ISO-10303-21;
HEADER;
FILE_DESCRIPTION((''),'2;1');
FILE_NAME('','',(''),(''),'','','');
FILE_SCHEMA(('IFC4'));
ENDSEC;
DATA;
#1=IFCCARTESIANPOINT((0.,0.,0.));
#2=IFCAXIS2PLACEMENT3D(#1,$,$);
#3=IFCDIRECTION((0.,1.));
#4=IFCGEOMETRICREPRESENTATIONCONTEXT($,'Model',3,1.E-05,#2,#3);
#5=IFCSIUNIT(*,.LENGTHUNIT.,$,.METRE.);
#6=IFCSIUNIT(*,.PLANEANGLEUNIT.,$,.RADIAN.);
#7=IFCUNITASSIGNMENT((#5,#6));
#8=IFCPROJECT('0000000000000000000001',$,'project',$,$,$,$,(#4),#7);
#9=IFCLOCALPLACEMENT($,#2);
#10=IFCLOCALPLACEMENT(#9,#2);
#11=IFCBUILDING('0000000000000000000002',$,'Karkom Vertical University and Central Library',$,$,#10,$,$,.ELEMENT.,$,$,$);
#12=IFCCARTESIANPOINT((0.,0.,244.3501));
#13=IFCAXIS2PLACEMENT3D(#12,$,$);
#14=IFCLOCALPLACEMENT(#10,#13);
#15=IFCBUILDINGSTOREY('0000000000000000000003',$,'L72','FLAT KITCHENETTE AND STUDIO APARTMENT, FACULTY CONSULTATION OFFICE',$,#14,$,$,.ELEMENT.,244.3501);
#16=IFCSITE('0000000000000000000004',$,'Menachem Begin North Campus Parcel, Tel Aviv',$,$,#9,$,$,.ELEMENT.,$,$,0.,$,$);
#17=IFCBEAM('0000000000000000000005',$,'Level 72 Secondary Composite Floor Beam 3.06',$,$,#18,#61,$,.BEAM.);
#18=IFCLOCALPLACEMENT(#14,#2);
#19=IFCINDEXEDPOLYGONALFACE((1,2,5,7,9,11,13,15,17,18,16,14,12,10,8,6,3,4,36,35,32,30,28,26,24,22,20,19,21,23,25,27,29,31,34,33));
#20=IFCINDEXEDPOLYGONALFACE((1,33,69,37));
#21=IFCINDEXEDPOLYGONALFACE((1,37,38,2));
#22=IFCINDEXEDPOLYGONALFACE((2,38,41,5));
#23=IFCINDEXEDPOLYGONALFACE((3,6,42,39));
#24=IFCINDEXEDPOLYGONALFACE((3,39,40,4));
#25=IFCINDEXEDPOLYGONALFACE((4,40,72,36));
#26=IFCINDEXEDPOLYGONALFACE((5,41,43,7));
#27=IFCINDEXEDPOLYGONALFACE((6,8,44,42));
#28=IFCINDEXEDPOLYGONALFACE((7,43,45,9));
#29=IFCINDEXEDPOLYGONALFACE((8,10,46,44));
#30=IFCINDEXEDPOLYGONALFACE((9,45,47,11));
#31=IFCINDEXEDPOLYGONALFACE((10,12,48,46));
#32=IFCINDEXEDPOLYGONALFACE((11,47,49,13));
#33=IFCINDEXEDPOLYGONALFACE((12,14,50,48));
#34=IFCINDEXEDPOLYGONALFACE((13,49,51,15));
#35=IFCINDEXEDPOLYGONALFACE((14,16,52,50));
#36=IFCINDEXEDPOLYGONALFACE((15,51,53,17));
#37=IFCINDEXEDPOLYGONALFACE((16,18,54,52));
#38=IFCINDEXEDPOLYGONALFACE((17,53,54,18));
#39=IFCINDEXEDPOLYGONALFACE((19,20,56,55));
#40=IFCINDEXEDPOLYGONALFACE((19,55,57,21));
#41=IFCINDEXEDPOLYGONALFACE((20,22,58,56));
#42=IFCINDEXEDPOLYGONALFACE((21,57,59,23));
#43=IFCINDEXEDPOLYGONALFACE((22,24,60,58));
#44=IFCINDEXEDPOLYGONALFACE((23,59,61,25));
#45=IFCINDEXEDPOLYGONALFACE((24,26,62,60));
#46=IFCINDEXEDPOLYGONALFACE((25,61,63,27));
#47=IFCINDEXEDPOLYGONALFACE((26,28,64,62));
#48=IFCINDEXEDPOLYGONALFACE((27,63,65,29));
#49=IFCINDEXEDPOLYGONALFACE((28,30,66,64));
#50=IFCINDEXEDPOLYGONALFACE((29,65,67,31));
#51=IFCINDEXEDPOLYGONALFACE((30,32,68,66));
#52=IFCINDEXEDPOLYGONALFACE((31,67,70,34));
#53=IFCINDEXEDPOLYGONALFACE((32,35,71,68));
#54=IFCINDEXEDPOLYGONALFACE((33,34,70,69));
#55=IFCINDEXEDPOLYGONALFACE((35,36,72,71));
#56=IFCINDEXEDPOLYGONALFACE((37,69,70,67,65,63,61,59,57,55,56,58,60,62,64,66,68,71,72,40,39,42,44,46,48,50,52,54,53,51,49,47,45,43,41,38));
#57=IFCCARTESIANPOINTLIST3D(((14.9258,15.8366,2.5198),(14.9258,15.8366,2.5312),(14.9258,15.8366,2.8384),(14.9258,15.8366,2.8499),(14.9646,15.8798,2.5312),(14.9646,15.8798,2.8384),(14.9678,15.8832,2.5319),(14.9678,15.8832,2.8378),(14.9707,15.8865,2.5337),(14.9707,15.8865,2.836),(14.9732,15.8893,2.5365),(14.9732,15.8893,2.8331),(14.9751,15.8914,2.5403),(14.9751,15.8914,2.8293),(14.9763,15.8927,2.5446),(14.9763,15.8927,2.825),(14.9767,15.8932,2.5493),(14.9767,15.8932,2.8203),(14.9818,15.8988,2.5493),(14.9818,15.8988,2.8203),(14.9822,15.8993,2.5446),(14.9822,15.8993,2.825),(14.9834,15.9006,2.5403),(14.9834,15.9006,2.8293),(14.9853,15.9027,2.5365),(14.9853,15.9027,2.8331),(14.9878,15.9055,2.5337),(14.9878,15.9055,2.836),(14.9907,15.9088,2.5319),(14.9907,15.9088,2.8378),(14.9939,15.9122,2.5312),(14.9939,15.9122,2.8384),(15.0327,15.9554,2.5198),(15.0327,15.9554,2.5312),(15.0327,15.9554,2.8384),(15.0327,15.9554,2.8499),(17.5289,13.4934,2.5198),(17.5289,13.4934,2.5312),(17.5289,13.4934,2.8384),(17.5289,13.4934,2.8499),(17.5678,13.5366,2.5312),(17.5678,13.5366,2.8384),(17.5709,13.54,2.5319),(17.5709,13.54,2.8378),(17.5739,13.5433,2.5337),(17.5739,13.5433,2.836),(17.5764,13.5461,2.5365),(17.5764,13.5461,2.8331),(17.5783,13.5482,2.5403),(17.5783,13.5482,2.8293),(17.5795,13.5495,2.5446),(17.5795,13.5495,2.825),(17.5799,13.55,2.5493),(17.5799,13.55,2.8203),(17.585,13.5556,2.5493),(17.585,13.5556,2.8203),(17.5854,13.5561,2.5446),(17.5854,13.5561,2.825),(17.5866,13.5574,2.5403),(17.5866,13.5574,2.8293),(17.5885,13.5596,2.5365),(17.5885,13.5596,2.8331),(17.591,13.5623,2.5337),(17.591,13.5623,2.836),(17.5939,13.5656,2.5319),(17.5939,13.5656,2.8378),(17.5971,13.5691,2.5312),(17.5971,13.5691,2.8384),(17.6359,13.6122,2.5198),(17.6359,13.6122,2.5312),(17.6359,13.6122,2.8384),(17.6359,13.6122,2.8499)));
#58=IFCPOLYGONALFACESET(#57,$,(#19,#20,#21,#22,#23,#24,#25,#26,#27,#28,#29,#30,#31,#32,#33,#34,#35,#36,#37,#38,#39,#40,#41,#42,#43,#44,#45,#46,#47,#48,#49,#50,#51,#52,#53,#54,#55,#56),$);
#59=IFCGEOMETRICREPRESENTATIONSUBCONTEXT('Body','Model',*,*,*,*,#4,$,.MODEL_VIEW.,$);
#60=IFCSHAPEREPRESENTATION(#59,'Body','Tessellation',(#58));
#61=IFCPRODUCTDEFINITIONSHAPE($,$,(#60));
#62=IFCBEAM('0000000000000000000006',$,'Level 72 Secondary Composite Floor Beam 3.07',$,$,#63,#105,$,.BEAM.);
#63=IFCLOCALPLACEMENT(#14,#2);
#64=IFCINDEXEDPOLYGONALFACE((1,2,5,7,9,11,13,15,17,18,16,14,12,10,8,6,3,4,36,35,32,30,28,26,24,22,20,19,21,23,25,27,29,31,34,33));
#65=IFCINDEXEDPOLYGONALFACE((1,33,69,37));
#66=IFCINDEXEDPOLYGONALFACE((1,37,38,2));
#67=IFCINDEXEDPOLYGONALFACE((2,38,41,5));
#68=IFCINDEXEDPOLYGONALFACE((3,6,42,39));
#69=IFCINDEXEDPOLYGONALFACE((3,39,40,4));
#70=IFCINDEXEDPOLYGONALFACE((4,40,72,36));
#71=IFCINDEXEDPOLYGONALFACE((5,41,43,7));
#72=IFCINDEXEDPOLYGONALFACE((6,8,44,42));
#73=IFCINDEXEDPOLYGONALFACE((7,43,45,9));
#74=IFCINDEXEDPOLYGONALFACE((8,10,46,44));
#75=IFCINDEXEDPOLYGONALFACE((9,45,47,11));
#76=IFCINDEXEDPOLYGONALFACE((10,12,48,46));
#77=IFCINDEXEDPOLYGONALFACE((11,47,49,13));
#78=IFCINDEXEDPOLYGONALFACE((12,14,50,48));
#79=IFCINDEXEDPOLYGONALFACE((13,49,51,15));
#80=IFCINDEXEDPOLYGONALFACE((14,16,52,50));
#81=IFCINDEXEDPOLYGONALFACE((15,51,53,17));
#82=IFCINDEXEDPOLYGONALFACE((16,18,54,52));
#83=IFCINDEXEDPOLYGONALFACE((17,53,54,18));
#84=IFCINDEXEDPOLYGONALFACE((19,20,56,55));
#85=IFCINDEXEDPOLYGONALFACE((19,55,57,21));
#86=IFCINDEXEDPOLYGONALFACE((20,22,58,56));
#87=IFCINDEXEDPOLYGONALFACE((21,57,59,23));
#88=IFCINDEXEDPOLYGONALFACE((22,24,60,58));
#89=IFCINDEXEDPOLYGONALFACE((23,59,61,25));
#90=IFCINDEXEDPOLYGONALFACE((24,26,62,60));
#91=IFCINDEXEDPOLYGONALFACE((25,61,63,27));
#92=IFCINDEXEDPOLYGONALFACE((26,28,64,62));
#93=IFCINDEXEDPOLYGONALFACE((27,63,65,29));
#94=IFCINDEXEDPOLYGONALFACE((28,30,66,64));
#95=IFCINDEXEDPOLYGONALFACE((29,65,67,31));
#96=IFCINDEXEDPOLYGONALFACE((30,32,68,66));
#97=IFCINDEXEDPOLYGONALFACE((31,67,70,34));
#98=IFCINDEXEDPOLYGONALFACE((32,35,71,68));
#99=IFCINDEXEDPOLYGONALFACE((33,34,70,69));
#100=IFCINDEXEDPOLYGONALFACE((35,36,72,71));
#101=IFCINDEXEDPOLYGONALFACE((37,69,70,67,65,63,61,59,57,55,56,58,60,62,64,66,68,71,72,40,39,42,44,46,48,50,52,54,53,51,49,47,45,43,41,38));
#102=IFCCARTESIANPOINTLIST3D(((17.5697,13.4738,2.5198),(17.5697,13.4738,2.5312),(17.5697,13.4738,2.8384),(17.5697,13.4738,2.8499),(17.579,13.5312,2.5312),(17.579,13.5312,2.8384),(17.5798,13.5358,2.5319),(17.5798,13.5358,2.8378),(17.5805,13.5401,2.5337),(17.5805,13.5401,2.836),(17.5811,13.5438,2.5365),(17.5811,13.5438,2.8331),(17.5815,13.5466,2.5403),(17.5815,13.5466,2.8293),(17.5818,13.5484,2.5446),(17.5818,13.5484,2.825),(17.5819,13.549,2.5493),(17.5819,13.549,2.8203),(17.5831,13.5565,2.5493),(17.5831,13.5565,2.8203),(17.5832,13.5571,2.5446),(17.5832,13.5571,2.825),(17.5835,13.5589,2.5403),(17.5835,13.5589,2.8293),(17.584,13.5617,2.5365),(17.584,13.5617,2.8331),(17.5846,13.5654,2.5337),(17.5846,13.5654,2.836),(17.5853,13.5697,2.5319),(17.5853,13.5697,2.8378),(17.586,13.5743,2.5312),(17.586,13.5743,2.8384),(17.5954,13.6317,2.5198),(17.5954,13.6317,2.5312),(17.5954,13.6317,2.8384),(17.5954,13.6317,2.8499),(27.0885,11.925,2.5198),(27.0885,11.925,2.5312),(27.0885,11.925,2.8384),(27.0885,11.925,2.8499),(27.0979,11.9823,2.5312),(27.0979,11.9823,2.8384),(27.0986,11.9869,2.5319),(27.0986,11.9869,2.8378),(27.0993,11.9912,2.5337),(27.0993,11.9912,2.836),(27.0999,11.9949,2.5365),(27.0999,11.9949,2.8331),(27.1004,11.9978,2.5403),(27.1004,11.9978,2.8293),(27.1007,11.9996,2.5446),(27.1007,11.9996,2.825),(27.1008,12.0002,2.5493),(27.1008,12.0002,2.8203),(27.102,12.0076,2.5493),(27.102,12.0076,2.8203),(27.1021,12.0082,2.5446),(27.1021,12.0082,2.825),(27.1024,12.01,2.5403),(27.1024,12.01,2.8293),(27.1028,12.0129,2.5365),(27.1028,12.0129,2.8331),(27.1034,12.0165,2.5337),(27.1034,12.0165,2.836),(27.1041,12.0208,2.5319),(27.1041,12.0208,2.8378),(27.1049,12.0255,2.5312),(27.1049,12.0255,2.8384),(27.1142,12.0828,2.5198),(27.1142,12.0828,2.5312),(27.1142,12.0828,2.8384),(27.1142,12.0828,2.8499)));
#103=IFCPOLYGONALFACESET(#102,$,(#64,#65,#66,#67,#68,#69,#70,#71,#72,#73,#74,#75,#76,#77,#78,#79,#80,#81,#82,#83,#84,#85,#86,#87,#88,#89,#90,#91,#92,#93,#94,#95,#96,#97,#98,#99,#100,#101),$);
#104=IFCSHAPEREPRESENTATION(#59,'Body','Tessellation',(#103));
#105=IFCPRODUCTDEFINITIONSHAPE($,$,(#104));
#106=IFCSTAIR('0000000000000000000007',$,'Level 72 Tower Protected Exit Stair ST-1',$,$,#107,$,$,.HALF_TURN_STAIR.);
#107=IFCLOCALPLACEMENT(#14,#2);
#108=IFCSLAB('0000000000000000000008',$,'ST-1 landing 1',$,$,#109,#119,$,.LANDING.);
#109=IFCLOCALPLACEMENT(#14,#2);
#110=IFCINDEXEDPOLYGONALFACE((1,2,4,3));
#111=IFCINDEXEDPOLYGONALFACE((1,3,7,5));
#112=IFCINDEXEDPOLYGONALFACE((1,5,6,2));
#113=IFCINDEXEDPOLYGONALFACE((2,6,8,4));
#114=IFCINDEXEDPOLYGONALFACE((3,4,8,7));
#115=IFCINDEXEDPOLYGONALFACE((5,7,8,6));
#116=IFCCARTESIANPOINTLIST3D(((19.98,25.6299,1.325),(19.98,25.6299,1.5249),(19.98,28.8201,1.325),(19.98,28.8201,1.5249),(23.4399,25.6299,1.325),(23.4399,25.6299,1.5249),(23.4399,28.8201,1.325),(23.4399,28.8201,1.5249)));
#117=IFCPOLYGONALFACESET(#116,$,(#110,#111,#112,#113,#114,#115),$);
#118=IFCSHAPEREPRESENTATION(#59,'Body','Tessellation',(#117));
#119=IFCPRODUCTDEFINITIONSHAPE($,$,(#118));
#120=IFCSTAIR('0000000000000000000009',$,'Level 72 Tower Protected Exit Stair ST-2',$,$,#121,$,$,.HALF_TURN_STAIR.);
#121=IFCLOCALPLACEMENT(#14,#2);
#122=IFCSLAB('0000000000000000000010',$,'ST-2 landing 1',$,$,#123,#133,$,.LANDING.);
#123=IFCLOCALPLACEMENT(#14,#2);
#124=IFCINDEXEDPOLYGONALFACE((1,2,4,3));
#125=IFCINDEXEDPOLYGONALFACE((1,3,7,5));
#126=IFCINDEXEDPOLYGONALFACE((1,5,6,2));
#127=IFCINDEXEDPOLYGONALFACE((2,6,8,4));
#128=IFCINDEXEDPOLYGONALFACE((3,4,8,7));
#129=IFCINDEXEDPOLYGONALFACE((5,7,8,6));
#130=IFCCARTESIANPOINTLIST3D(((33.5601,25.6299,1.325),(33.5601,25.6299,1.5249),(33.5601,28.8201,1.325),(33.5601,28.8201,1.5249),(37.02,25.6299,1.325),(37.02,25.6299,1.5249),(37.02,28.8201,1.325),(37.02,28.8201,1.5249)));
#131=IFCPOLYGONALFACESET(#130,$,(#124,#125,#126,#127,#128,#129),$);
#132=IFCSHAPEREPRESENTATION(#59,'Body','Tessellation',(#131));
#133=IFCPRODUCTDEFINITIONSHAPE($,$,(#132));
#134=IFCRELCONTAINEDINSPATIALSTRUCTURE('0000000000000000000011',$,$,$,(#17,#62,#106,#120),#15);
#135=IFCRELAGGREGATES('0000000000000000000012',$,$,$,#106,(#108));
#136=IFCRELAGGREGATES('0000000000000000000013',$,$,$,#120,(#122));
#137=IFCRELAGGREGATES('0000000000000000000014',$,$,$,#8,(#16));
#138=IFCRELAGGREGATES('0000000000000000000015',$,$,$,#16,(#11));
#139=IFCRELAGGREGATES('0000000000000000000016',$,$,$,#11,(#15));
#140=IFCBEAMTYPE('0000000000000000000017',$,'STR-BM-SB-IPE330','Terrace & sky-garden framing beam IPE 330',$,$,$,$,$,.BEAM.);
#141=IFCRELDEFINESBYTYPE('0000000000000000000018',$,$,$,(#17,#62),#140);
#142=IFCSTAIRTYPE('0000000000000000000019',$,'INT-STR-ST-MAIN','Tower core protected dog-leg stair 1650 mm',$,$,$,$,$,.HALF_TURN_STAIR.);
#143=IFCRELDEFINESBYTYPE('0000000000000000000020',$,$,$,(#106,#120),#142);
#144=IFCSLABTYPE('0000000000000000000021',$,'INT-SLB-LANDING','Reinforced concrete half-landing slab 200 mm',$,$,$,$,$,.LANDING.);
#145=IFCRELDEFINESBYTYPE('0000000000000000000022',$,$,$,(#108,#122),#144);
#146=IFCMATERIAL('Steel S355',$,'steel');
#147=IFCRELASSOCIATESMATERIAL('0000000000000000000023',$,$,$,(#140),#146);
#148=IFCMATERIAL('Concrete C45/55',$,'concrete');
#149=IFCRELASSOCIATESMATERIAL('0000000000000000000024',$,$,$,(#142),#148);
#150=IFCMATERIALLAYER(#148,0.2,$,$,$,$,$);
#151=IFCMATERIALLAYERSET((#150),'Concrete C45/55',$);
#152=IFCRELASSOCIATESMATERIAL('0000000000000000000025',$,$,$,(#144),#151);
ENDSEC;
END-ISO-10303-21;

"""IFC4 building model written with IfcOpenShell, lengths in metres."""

from ifc_helpers import new_model, si_unit, direction, frame, origin, origin_with_axes, origin_2d, place, context, subcontext, project, spatial, polyline, i_section, outline, extrude, source, transform, mapped, material, layer, layer_set, material_profile, profile_set, type_object, element, aggregate, save


model = new_model("IFC4")

# Units and contexts
model_context = context("Model", 3, precision=1e-05, world=origin(), true_north=direction((0.0, 1.0)))
body_context = subcontext(model_context, "Body", "Model", "MODEL_VIEW")
ifc_project = project(units=[si_unit("LENGTHUNIT", "METRE"), si_unit("PLANEANGLEUNIT", "RADIAN")], contexts=[model_context])

# Site, building, storey
site_placement = place(None, origin())
site = spatial("IfcSite", under=ifc_project, at=site_placement, Name="Menachem Begin North Campus Parcel, Tel Aviv", CompositionType="ELEMENT", RefElevation=0.0)
building_placement = place(site_placement, origin())
building = spatial("IfcBuilding", under=site, at=building_placement, Name="Karkom Vertical University and Central Library", CompositionType="ELEMENT")
storey_placement = place(building_placement, frame((0.0, 0.0, 244.3501)))
storey = spatial("IfcBuildingStorey", under=building, at=storey_placement, Name="L72", Description="FLAT KITCHENETTE AND STUDIO APARTMENT, FACULTY CONSULTATION OFFICE", CompositionType="ELEMENT", Elevation=244.3501)

# Shared definitions
ifc_material_1 = material(Name="Concrete C45/55", Category="concrete")

# Beams
ifc_material_2 = material(Name="Steel S355", Category="steel")
ifc_material_profile_1 = material_profile(ifc_material_2, i_section(OverallWidth=0.1599, OverallDepth=0.3301, WebThickness=0.0076, FlangeThickness=0.0115, FilletRadius=0.0181, at=origin_2d()), Name="IPE 330")
ifc_profile_set_1 = profile_set([ifc_material_profile_1], Name="Steel S355")
beam_type_1 = type_object("IfcBeamType", Name="STR-BM-SB-IPE330", Description="Terrace & sky-garden framing beam IPE 330", PredefinedType="BEAM", material=ifc_profile_set_1)
shared_shape_1 = source(origin_with_axes(), body_context, "Body", "SweptSolid", [
    extrude(i_section(OverallWidth=0.1599, OverallDepth=0.3301, WebThickness=0.0076, FlangeThickness=0.0115, FilletRadius=0.0181, at=origin_2d()), origin(), (0.0, 0.0, 1.0), 3.5024),
])
beam_1_placement = place(storey_placement, frame((14.9792, 15.896, 2.6848), z_axis=(0.743249, -0.669015, 0.0), x_axis=(0.669015, 0.743249, 0.0)))
element("IfcBeam", 1, at=beam_1_placement, inside=storey, type_object=beam_type_1, Name="Level 72 Secondary Composite Floor Beam 3.06", PredefinedType="BEAM", context=body_context, shape_type="MappedRepresentation", body=[
    mapped(shared_shape_1, transform((0.0, 0.0, 0.0), scale=1.0)),
])
shared_shape_2 = source(origin_with_axes(), body_context, "Body", "SweptSolid", [
    extrude(i_section(OverallWidth=0.1599, OverallDepth=0.3301, WebThickness=0.0076, FlangeThickness=0.0115, FilletRadius=0.0181, at=origin_2d()), origin(), (0.0, 0.0, 1.0), 9.644),
])
beam_2_placement = place(storey_placement, frame((17.5825, 13.5527, 2.6848), z_axis=(0.987019, -0.1606, 0.0), x_axis=(0.1606, 0.987019, 0.0)))
element("IfcBeam", 2, at=beam_2_placement, inside=storey, type_object=beam_type_1, Name="Level 72 Secondary Composite Floor Beam 3.07", PredefinedType="BEAM", context=body_context, shape_type="MappedRepresentation", body=[
    mapped(shared_shape_2, transform((0.0, 0.0, 0.0), scale=1.0)),
])

# Stairs, slabs
stair_type = type_object("IfcStairType", Name="INT-STR-ST-MAIN", Description="Tower core protected dog-leg stair 1650 mm", PredefinedType="HALF_TURN_STAIR", material=ifc_material_1)
stair_1_placement = place(storey_placement, origin())
stair_1 = element("IfcStair", 3, at=stair_1_placement, inside=storey, type_object=stair_type, Name="Level 72 Tower Protected Exit Stair ST-1", PredefinedType="HALF_TURN_STAIR")
ifc_layer_1 = layer(ifc_material_1, 0.2)
ifc_layer_set_1 = layer_set([ifc_layer_1], Name="Concrete C45/55")
slab_type_1 = type_object("IfcSlabType", Name="INT-SLB-LANDING", Description="Reinforced concrete half-landing slab 200 mm", PredefinedType="LANDING", material=ifc_layer_set_1)
slab_1_placement = place(storey_placement, frame((0.0, 0.0, 1.325)))
slab_1 = element("IfcSlab", 4, at=slab_1_placement, type_object=slab_type_1, Name="ST-1 landing 1", PredefinedType="LANDING", context=body_context, shape_type="SweptSolid", body=[
    extrude(outline(polyline([(23.4399, 25.6299), (23.4399, 28.8201), (19.98, 28.8201), (19.98, 25.6299), (23.4399, 25.6299)])), origin(), (0.0, 0.0, 1.0), 0.2),
])
aggregate(stair_1, [slab_1])
stair_2_placement = place(storey_placement, origin())
stair_2 = element("IfcStair", 5, at=stair_2_placement, inside=storey, type_object=stair_type, Name="Level 72 Tower Protected Exit Stair ST-2", PredefinedType="HALF_TURN_STAIR")
slab_2_placement = place(storey_placement, frame((0.0, 0.0, 1.325)))
slab_2 = element("IfcSlab", 6, at=slab_2_placement, type_object=slab_type_1, Name="ST-2 landing 1", PredefinedType="LANDING", context=body_context, shape_type="SweptSolid", body=[
    extrude(outline(polyline([(37.02, 25.6299), (37.02, 28.8201), (33.5601, 28.8201), (33.5601, 25.6299), (37.02, 25.6299)])), origin(), (0.0, 0.0, 1.0), 0.2),
])
aggregate(stair_2, [slab_2])

save(model, "model.ifc")
